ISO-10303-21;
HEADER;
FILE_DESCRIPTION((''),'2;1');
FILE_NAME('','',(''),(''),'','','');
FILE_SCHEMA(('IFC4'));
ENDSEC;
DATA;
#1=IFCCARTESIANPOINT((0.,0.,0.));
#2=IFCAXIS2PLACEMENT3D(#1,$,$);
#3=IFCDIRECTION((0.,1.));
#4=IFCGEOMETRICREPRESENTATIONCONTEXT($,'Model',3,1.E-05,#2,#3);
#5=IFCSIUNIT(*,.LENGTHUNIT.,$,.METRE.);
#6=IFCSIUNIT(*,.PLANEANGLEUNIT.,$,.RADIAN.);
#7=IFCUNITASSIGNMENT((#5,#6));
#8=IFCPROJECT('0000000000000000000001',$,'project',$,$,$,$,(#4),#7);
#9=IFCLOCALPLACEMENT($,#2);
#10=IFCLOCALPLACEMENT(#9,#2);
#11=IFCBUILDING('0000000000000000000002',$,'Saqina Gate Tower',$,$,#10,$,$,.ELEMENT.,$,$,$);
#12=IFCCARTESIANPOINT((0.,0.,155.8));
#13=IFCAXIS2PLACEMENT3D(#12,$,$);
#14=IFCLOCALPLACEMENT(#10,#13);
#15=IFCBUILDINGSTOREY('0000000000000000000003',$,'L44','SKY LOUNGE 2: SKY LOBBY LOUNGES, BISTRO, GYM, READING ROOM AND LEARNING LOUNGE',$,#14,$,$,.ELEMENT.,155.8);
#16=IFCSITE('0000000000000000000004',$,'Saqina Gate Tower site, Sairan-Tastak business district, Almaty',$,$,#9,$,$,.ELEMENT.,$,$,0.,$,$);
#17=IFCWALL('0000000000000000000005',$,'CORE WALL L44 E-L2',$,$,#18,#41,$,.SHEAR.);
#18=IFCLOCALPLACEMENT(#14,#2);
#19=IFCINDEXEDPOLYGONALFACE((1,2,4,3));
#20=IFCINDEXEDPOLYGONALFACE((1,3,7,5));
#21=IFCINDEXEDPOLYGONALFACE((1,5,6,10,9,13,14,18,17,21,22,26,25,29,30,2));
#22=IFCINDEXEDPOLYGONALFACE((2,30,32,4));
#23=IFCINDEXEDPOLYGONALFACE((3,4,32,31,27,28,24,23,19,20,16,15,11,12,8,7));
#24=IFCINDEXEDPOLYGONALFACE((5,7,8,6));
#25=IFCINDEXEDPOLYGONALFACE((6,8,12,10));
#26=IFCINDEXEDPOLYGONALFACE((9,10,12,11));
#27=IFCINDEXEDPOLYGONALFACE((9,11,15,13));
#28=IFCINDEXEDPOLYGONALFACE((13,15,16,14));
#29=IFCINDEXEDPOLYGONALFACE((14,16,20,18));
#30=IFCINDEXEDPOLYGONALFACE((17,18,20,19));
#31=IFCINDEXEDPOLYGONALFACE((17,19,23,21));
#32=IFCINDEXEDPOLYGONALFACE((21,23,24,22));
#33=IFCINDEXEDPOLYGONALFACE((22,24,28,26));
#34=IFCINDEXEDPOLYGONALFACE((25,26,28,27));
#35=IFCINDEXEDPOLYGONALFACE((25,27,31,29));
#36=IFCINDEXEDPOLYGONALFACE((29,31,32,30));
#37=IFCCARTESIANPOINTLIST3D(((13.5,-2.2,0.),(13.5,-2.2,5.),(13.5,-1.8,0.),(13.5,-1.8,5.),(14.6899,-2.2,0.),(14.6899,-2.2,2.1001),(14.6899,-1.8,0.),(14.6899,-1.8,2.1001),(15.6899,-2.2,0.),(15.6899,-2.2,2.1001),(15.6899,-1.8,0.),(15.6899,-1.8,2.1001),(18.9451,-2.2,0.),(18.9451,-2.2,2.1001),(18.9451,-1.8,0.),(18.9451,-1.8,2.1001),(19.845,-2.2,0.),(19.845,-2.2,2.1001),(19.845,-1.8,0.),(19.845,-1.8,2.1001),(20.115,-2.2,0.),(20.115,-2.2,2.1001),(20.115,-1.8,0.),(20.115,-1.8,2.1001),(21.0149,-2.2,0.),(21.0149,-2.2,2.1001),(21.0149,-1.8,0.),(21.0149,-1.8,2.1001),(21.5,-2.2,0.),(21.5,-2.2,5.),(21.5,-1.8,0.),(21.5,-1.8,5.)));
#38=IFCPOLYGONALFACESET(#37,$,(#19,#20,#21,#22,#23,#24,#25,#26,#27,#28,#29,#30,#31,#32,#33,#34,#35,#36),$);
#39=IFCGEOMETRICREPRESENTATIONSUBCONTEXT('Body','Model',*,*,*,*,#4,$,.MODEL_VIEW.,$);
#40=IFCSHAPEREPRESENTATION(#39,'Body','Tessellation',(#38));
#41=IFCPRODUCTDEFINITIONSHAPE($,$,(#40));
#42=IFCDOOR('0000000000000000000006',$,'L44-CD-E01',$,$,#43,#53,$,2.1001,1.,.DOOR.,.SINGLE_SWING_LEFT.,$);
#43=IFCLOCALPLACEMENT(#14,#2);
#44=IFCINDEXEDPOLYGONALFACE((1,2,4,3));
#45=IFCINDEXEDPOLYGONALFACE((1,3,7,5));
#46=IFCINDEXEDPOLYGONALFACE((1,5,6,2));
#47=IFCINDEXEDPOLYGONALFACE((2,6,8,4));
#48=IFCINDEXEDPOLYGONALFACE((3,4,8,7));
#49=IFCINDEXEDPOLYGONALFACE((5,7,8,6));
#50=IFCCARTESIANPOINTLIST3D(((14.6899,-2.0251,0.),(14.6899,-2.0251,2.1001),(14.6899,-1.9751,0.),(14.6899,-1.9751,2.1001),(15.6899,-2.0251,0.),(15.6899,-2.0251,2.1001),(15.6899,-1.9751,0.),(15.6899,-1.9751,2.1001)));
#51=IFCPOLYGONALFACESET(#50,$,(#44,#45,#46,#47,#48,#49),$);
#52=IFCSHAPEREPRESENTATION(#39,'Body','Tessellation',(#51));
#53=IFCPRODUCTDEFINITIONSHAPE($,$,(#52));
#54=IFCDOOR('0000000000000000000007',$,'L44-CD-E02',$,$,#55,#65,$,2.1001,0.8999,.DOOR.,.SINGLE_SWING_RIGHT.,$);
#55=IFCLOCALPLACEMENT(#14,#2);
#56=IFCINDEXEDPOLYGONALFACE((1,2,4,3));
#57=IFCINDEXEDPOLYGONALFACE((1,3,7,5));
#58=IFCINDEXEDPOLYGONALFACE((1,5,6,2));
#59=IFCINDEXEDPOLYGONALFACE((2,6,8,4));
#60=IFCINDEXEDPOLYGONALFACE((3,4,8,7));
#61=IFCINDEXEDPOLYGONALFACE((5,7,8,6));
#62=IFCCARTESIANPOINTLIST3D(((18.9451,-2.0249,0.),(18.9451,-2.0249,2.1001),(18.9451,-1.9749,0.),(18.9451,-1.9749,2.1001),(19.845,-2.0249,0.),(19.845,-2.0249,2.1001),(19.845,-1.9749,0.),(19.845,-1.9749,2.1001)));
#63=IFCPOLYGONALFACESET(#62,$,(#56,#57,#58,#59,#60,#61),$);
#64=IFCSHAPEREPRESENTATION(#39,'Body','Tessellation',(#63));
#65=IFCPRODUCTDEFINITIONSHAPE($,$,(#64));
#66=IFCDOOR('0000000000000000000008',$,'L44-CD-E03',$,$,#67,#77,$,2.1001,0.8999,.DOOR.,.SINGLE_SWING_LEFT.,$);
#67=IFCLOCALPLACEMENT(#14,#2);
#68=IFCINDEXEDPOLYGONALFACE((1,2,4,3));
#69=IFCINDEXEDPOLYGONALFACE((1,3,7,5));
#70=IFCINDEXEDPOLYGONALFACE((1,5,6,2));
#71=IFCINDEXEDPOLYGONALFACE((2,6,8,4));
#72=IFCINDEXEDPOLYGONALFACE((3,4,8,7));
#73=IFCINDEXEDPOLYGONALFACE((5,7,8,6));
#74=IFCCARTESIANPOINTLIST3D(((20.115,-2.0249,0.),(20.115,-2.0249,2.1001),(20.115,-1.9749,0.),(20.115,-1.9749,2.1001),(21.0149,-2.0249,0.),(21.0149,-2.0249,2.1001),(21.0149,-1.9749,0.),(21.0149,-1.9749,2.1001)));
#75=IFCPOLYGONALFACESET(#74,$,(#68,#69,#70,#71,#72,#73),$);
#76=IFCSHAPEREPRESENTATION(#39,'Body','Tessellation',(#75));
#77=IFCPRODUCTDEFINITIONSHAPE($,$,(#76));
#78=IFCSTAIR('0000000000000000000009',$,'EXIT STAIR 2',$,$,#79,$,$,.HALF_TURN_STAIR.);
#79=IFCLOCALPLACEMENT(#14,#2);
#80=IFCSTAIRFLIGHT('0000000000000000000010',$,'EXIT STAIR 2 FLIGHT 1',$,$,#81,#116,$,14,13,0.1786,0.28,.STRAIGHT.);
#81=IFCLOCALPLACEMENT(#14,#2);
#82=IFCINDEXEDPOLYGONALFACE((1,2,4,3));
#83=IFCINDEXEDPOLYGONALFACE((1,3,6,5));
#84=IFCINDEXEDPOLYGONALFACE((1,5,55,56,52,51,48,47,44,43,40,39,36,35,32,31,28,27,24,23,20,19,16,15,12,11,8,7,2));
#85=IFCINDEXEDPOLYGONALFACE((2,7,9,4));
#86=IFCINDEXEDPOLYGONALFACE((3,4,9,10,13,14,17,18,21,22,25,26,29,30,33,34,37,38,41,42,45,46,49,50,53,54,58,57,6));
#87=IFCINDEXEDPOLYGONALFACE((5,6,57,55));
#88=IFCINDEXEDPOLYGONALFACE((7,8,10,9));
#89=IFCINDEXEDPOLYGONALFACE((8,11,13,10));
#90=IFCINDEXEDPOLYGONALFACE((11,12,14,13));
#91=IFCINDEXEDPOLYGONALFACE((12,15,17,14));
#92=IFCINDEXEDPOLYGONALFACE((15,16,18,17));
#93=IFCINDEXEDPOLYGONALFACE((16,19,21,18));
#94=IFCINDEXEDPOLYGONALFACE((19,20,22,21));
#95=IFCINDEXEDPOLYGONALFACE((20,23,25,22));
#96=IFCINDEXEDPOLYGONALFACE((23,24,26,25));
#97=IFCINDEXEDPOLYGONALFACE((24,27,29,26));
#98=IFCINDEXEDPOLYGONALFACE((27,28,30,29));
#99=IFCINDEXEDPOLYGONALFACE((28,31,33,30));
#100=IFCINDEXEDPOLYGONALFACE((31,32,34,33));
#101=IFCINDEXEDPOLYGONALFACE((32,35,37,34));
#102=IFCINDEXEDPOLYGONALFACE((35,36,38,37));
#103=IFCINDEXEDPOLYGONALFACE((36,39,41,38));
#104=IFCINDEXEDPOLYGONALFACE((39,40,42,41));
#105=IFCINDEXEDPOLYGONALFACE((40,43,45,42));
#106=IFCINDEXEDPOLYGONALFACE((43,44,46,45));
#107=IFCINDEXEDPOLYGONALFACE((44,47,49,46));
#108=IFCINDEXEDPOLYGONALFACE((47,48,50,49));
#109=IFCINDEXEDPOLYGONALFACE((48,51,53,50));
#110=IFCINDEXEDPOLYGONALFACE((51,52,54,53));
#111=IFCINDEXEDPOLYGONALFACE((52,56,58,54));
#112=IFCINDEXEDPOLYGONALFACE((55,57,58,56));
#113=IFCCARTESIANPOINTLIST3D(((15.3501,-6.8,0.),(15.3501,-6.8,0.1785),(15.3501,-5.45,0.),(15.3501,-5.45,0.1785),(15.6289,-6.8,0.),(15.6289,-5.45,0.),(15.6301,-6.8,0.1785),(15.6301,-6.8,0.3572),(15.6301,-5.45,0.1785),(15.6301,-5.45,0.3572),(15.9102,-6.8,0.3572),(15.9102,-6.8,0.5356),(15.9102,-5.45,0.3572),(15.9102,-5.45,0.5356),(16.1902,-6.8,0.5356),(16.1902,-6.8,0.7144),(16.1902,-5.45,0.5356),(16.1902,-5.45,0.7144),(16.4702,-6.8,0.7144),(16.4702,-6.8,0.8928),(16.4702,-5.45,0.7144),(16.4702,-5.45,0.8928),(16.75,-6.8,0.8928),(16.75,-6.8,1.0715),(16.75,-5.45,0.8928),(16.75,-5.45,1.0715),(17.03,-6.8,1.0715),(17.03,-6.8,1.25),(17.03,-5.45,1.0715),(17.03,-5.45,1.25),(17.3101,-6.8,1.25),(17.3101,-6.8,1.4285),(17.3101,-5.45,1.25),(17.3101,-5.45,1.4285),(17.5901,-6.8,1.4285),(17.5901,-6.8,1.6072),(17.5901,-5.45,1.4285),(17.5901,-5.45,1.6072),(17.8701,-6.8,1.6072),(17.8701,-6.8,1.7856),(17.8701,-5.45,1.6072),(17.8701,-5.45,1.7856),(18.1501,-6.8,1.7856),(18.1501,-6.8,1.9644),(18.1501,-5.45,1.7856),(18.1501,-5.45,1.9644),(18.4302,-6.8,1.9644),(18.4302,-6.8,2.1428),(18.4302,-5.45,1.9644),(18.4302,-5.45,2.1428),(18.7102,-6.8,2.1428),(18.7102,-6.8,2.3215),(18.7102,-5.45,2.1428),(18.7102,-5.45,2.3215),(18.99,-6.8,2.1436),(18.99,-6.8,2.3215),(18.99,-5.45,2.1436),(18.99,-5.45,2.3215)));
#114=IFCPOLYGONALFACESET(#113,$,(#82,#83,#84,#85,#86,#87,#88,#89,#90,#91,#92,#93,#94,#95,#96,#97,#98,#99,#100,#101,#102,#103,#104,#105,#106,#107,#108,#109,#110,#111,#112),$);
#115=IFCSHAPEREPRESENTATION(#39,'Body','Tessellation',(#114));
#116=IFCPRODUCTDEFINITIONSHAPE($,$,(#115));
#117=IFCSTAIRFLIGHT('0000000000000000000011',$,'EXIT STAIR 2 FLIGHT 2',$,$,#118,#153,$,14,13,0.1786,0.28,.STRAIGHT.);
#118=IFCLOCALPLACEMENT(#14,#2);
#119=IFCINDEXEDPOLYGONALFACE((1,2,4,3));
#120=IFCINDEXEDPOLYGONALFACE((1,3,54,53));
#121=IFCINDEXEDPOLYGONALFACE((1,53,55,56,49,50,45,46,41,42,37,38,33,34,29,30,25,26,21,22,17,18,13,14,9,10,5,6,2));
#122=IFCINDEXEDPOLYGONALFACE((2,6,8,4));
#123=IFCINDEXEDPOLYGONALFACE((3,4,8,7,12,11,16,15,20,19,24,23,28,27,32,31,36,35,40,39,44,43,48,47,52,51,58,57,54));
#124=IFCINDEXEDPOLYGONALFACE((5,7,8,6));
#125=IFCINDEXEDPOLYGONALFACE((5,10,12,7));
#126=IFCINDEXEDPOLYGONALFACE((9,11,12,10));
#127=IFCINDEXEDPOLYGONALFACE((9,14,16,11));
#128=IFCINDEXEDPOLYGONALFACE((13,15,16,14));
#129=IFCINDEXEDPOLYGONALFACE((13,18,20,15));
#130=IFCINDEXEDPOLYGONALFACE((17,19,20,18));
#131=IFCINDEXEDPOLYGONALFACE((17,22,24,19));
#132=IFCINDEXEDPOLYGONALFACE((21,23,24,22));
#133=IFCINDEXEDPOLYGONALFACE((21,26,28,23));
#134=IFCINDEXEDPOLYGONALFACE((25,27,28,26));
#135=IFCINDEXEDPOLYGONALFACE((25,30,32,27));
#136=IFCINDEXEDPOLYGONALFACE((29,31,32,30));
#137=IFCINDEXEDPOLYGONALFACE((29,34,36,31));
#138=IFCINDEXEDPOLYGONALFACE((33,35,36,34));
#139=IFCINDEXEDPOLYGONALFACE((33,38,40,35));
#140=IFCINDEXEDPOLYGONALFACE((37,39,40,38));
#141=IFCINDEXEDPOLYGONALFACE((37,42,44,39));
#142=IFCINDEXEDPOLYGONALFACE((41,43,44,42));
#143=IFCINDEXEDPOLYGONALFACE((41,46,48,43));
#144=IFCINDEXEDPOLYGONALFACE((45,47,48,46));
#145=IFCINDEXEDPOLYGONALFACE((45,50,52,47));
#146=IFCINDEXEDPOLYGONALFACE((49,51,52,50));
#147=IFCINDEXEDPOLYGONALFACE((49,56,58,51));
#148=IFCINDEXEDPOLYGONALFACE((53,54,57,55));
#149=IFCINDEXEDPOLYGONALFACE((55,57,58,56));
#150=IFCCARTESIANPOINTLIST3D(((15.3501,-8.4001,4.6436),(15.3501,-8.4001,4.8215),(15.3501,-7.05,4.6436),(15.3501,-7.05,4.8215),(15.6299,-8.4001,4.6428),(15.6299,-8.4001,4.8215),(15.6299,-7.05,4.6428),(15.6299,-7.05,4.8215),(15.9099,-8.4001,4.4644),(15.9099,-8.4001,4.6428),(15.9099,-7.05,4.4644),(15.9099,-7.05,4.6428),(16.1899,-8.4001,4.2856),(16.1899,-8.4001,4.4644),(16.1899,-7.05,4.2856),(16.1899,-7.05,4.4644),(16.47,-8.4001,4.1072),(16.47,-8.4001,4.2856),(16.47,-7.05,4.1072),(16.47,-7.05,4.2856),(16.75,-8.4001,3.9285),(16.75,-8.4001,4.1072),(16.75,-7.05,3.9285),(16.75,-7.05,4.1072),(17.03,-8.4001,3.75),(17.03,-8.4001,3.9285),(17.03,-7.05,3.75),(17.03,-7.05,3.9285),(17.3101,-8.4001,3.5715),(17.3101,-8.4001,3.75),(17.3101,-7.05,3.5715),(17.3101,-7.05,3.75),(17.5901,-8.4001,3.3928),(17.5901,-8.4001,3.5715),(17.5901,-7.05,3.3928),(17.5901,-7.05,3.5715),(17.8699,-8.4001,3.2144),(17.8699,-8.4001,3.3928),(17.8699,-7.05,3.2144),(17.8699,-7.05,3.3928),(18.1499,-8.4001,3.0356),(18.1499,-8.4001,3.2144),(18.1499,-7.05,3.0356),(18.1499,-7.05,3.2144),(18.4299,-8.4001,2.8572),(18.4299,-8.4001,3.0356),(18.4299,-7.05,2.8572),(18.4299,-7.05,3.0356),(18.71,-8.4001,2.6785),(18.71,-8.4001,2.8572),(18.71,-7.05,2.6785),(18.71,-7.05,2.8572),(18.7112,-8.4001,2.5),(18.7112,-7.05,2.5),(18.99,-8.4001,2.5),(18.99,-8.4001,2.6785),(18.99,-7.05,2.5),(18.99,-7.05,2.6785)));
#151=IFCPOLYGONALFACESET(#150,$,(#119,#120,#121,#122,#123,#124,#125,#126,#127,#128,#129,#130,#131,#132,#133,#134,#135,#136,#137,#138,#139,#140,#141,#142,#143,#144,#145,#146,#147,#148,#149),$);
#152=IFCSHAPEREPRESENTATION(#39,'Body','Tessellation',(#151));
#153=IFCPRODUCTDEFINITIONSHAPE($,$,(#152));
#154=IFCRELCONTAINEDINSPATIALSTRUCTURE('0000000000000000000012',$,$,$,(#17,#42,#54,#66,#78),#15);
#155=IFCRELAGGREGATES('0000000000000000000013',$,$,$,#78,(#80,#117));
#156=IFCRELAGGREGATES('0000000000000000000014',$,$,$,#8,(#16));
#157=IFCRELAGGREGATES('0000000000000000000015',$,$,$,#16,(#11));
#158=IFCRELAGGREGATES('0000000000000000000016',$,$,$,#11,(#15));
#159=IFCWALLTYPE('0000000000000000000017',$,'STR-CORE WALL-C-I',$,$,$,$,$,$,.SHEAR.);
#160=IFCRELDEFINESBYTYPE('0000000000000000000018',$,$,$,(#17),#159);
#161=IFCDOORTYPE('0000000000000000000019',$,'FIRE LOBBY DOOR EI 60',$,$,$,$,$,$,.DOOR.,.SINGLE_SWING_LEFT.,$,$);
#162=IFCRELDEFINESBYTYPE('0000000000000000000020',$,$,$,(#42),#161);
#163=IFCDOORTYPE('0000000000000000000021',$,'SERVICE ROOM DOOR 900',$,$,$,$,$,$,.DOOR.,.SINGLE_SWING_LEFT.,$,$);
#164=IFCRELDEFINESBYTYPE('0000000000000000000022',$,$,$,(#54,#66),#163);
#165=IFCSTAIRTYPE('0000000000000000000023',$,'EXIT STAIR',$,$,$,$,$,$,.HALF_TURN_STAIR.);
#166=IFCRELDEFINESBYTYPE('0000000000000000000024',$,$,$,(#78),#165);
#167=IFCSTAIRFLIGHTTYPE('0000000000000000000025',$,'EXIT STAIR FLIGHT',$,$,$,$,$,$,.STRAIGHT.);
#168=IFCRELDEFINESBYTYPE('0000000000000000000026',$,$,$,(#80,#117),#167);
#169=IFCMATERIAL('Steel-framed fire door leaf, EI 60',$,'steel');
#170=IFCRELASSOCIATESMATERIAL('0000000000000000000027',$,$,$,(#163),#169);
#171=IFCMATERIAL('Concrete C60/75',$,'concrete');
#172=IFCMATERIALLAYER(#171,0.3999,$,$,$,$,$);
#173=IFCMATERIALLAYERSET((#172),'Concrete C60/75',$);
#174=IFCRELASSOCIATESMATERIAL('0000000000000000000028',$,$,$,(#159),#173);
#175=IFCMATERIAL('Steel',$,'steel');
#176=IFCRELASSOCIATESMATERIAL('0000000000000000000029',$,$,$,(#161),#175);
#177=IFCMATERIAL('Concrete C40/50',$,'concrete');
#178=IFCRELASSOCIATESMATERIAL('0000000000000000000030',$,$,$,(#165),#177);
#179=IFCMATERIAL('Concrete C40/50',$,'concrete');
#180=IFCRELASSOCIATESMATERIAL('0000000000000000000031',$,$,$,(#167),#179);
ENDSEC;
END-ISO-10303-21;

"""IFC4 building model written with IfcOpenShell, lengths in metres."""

from ifc_helpers import new_model, si_unit, direction, frame, frame_2d, origin, place, context, subcontext, project, spatial, polyline, rectangle, outline, extrude, material, layer, layer_set, type_object, element, fill, aggregate, save


model = new_model("IFC4")

# Units and contexts
model_context = context("Model", 3, precision=1e-05, world=origin(), true_north=direction((0.0, 1.0)))
body_context = subcontext(model_context, "Body", "Model", "MODEL_VIEW")
ifc_project = project(units=[si_unit("LENGTHUNIT", "METRE"), si_unit("PLANEANGLEUNIT", "RADIAN")], contexts=[model_context])

# Site, building, storey
site_placement = place(None, origin())
site = spatial("IfcSite", under=ifc_project, at=site_placement, Name="Saqina Gate Tower site, Sairan-Tastak business district, Almaty", CompositionType="ELEMENT", RefElevation=0.0)
building_placement = place(site_placement, origin())
building = spatial("IfcBuilding", under=site, at=building_placement, Name="Saqina Gate Tower", CompositionType="ELEMENT")
storey_placement = place(building_placement, frame((0.0, 0.0, 155.8)))
storey = spatial("IfcBuildingStorey", under=building, at=storey_placement, Name="L44", Description="SKY LOUNGE 2: SKY LOBBY LOUNGES, BISTRO, GYM, READING ROOM AND LEARNING LOUNGE", CompositionType="ELEMENT", Elevation=155.8)

# Shared definitions
ifc_material_1 = material(Name="Steel-framed fire door leaf, EI 60", Category="steel")
door_type_1 = type_object("IfcDoorType", Name="SERVICE ROOM DOOR 900", OperationType="SINGLE_SWING_LEFT", PredefinedType="DOOR", material=ifc_material_1)

# Shared definitions
ifc_material_2 = material(Name="Concrete C60/75", Category="concrete")
ifc_layer_1 = layer(ifc_material_2, 0.3999)
ifc_layer_set_1 = layer_set([ifc_layer_1], Name="Concrete C60/75")
wall_type_1 = type_object("IfcWallType", Name="STR-CORE WALL-C-I", PredefinedType="SHEAR", material=ifc_layer_set_1)

# Wall, openings, doors
wall_1_placement = place(storey_placement, frame((13.5, -2.0, 0.0), z_axis=(0.0, 0.0, 1.0), x_axis=(1.0, 0.0, 0.0)))
wall_1 = element("IfcWall", 1, at=wall_1_placement, inside=storey, type_object=wall_type_1, Name="CORE WALL L44 E-L2", PredefinedType="SHEAR", context=body_context, shape_type="SweptSolid", body=[
    extrude(rectangle(XDim=8.0, YDim=0.3999, at=frame_2d((4.0, 0.0))), origin(), (0.0, 0.0, 1.0), 5.0),
])
opening_1_placement = place(wall_1_placement, frame((1.1899, 0.0, 0.0)))
opening_1 = element("IfcOpeningElement", 2, at=opening_1_placement, cuts=wall_1, PredefinedType="OPENING", context=body_context, shape_type="SweptSolid", body=[
    extrude(rectangle(XDim=1.0, YDim=2.1001, at=frame_2d((0.5, 1.05))), frame((0.0, 0.2119, 0.0), z_axis=(0.0, -1.0, 0.0), x_axis=(1.0, 0.0, 0.0)), (0.0, 0.0, 1.0), 0.4238),
])
opening_2_placement = place(wall_1_placement, frame((5.4451, 0.0, 0.0)))
opening_2 = element("IfcOpeningElement", 3, at=opening_2_placement, cuts=wall_1, PredefinedType="OPENING", context=body_context, shape_type="SweptSolid", body=[
    extrude(rectangle(XDim=0.8999, YDim=2.1001, at=frame_2d((0.45, 1.05))), frame((0.0, 0.2119, 0.0), z_axis=(0.0, -1.0, 0.0), x_axis=(1.0, 0.0, 0.0)), (0.0, 0.0, 1.0), 0.4238),
])
opening_3_placement = place(wall_1_placement, frame((6.615, 0.0, 0.0)))
opening_3 = element("IfcOpeningElement", 4, at=opening_3_placement, cuts=wall_1, PredefinedType="OPENING", context=body_context, shape_type="SweptSolid", body=[
    extrude(rectangle(XDim=0.8999, YDim=2.1001, at=frame_2d((0.45, 1.05))), frame((0.0, 0.2119, 0.0), z_axis=(0.0, -1.0, 0.0), x_axis=(1.0, 0.0, 0.0)), (0.0, 0.0, 1.0), 0.4238),
])
ifc_material_3 = material(Name="Steel", Category="steel")
door_type_2 = type_object("IfcDoorType", Name="FIRE LOBBY DOOR EI 60", OperationType="SINGLE_SWING_LEFT", PredefinedType="DOOR", material=ifc_material_3)
door_1_placement = place(opening_1_placement, origin())
door_1 = element("IfcDoor", 5, at=door_1_placement, inside=storey, type_object=door_type_2, Name="L44-CD-E01", OperationType="SINGLE_SWING_LEFT", OverallHeight=2.1001, OverallWidth=1.0, PredefinedType="DOOR", context=body_context, shape_type="SweptSolid", body=[
    extrude(rectangle(XDim=1.0, YDim=2.1001, at=frame_2d((0.5, 1.05))), frame((0.0, 0.0249, 0.0), z_axis=(0.0, -1.0, 0.0), x_axis=(1.0, 0.0, 0.0)), (0.0, 0.0, 1.0), 0.05),
])
fill(opening_1, door_1)
door_2_placement = place(opening_2_placement, frame((0.8999, 0.0, 0.0), z_axis=(0.0, 0.0, 1.0), x_axis=(-1.0, 0.0, 0.0)))
door_2 = element("IfcDoor", 6, at=door_2_placement, inside=storey, type_object=door_type_1, Name="L44-CD-E02", OperationType="SINGLE_SWING_RIGHT", OverallHeight=2.1001, OverallWidth=0.8999, PredefinedType="DOOR", context=body_context, shape_type="SweptSolid", body=[
    extrude(rectangle(XDim=0.8999, YDim=2.1001, at=frame_2d((0.45, 1.05))), frame((0.0, 0.0249, 0.0), z_axis=(0.0, -1.0, 0.0), x_axis=(1.0, 0.0, 0.0)), (0.0, 0.0, 1.0), 0.05),
])
fill(opening_2, door_2)
door_3_placement = place(opening_3_placement, frame((0.8999, 0.0, 0.0), z_axis=(0.0, 0.0, 1.0), x_axis=(-1.0, 0.0, 0.0)))
door_3 = element("IfcDoor", 7, at=door_3_placement, inside=storey, type_object=door_type_1, Name="L44-CD-E03", OperationType="SINGLE_SWING_LEFT", OverallHeight=2.1001, OverallWidth=0.8999, PredefinedType="DOOR", context=body_context, shape_type="SweptSolid", body=[
    extrude(rectangle(XDim=0.8999, YDim=2.1001, at=frame_2d((0.45, 1.05))), frame((0.0, 0.0249, 0.0), z_axis=(0.0, -1.0, 0.0), x_axis=(1.0, 0.0, 0.0)), (0.0, 0.0, 1.0), 0.05),
])
fill(opening_3, door_3)

# Stair, stair flights
ifc_material_4 = material(Name="Concrete C40/50", Category="concrete")
stair_type = type_object("IfcStairType", Name="EXIT STAIR", PredefinedType="HALF_TURN_STAIR", material=ifc_material_4)
stair_placement = place(storey_placement, origin())
stair = element("IfcStair", 8, at=stair_placement, inside=storey, type_object=stair_type, Name="EXIT STAIR 2", PredefinedType="HALF_TURN_STAIR")
ifc_material_5 = material(Name="Concrete C40/50", Category="concrete")
stair_flight_type = type_object("IfcStairFlightType", Name="EXIT STAIR FLIGHT", PredefinedType="STRAIGHT", material=ifc_material_5)
stair_flight_1_placement = place(storey_placement, frame((15.3501, -6.125, 0.0), z_axis=(0.0, 0.0, 1.0), x_axis=(1.0, 0.0, 0.0)))
stair_flight_1 = element("IfcStairFlight", 9, at=stair_flight_1_placement, type_object=stair_flight_type, Name="EXIT STAIR 2 FLIGHT 1", NumberOfRisers=14, NumberOfTreads=13, PredefinedType="STRAIGHT", RiserHeight=0.1786, TreadLength=0.28, context=body_context, shape_type="SweptSolid", body=[
    extrude(outline(polyline([(0.0, 0.0), (0.0, 0.1785), (0.28, 0.1785), (0.28, 0.3572), (0.5601, 0.3572), (0.5601, 0.5356), (0.8401, 0.5356), (0.8401, 0.7144), (1.1201, 0.7144), (1.1201, 0.8928), (1.3999, 0.8928), (1.3999, 1.0715), (1.6799, 1.0715), (1.6799, 1.25), (1.96, 1.25), (1.96, 1.4285), (2.24, 1.4285), (2.24, 1.6072), (2.52, 1.6072), (2.52, 1.7856), (2.8, 1.7856), (2.8, 1.9644), (3.0801, 1.9644), (3.0801, 2.1428), (3.3601, 2.1428), (3.3601, 2.3215), (3.6399, 2.3215), (3.6399, 2.5), (3.6399, 2.1436), (0.2788, 0.0), (0.0, 0.0)])), frame((0.0, 0.675, 0.0), z_axis=(0.0, -1.0, 0.0), x_axis=(1.0, 0.0, 0.0)), (0.0, 0.0, 1.0), 1.3501),
])
stair_flight_2_placement = place(storey_placement, frame((18.99, -7.7251, 2.5), z_axis=(0.0, 0.0, 1.0), x_axis=(-1.0, 0.0, 0.0)))
stair_flight_2 = element("IfcStairFlight", 10, at=stair_flight_2_placement, type_object=stair_flight_type, Name="EXIT STAIR 2 FLIGHT 2", NumberOfRisers=14, NumberOfTreads=13, PredefinedType="STRAIGHT", RiserHeight=0.1786, TreadLength=0.28, context=body_context, shape_type="SweptSolid", body=[
    extrude(outline(polyline([(0.0, 0.0), (0.0, 0.1785), (0.28, 0.1785), (0.28, 0.3572), (0.5601, 0.3572), (0.5601, 0.5356), (0.8401, 0.5356), (0.8401, 0.7144), (1.1201, 0.7144), (1.1201, 0.8928), (1.3999, 0.8928), (1.3999, 1.0715), (1.6799, 1.0715), (1.6799, 1.25), (1.96, 1.25), (1.96, 1.4285), (2.24, 1.4285), (2.24, 1.6072), (2.52, 1.6072), (2.52, 1.7856), (2.8, 1.7856), (2.8, 1.9644), (3.0801, 1.9644), (3.0801, 2.1428), (3.3601, 2.1428), (3.3601, 2.3215), (3.6399, 2.3215), (3.6399, 2.5), (3.6399, 2.1436), (0.2788, 0.0), (0.0, 0.0)])), frame((0.0, 0.675, 0.0), z_axis=(0.0, -1.0, 0.0), x_axis=(1.0, 0.0, 0.0)), (0.0, 0.0, 1.0), 1.3501),
])
aggregate(stair, [stair_flight_1, stair_flight_2])

save(model, "model.ifc")
